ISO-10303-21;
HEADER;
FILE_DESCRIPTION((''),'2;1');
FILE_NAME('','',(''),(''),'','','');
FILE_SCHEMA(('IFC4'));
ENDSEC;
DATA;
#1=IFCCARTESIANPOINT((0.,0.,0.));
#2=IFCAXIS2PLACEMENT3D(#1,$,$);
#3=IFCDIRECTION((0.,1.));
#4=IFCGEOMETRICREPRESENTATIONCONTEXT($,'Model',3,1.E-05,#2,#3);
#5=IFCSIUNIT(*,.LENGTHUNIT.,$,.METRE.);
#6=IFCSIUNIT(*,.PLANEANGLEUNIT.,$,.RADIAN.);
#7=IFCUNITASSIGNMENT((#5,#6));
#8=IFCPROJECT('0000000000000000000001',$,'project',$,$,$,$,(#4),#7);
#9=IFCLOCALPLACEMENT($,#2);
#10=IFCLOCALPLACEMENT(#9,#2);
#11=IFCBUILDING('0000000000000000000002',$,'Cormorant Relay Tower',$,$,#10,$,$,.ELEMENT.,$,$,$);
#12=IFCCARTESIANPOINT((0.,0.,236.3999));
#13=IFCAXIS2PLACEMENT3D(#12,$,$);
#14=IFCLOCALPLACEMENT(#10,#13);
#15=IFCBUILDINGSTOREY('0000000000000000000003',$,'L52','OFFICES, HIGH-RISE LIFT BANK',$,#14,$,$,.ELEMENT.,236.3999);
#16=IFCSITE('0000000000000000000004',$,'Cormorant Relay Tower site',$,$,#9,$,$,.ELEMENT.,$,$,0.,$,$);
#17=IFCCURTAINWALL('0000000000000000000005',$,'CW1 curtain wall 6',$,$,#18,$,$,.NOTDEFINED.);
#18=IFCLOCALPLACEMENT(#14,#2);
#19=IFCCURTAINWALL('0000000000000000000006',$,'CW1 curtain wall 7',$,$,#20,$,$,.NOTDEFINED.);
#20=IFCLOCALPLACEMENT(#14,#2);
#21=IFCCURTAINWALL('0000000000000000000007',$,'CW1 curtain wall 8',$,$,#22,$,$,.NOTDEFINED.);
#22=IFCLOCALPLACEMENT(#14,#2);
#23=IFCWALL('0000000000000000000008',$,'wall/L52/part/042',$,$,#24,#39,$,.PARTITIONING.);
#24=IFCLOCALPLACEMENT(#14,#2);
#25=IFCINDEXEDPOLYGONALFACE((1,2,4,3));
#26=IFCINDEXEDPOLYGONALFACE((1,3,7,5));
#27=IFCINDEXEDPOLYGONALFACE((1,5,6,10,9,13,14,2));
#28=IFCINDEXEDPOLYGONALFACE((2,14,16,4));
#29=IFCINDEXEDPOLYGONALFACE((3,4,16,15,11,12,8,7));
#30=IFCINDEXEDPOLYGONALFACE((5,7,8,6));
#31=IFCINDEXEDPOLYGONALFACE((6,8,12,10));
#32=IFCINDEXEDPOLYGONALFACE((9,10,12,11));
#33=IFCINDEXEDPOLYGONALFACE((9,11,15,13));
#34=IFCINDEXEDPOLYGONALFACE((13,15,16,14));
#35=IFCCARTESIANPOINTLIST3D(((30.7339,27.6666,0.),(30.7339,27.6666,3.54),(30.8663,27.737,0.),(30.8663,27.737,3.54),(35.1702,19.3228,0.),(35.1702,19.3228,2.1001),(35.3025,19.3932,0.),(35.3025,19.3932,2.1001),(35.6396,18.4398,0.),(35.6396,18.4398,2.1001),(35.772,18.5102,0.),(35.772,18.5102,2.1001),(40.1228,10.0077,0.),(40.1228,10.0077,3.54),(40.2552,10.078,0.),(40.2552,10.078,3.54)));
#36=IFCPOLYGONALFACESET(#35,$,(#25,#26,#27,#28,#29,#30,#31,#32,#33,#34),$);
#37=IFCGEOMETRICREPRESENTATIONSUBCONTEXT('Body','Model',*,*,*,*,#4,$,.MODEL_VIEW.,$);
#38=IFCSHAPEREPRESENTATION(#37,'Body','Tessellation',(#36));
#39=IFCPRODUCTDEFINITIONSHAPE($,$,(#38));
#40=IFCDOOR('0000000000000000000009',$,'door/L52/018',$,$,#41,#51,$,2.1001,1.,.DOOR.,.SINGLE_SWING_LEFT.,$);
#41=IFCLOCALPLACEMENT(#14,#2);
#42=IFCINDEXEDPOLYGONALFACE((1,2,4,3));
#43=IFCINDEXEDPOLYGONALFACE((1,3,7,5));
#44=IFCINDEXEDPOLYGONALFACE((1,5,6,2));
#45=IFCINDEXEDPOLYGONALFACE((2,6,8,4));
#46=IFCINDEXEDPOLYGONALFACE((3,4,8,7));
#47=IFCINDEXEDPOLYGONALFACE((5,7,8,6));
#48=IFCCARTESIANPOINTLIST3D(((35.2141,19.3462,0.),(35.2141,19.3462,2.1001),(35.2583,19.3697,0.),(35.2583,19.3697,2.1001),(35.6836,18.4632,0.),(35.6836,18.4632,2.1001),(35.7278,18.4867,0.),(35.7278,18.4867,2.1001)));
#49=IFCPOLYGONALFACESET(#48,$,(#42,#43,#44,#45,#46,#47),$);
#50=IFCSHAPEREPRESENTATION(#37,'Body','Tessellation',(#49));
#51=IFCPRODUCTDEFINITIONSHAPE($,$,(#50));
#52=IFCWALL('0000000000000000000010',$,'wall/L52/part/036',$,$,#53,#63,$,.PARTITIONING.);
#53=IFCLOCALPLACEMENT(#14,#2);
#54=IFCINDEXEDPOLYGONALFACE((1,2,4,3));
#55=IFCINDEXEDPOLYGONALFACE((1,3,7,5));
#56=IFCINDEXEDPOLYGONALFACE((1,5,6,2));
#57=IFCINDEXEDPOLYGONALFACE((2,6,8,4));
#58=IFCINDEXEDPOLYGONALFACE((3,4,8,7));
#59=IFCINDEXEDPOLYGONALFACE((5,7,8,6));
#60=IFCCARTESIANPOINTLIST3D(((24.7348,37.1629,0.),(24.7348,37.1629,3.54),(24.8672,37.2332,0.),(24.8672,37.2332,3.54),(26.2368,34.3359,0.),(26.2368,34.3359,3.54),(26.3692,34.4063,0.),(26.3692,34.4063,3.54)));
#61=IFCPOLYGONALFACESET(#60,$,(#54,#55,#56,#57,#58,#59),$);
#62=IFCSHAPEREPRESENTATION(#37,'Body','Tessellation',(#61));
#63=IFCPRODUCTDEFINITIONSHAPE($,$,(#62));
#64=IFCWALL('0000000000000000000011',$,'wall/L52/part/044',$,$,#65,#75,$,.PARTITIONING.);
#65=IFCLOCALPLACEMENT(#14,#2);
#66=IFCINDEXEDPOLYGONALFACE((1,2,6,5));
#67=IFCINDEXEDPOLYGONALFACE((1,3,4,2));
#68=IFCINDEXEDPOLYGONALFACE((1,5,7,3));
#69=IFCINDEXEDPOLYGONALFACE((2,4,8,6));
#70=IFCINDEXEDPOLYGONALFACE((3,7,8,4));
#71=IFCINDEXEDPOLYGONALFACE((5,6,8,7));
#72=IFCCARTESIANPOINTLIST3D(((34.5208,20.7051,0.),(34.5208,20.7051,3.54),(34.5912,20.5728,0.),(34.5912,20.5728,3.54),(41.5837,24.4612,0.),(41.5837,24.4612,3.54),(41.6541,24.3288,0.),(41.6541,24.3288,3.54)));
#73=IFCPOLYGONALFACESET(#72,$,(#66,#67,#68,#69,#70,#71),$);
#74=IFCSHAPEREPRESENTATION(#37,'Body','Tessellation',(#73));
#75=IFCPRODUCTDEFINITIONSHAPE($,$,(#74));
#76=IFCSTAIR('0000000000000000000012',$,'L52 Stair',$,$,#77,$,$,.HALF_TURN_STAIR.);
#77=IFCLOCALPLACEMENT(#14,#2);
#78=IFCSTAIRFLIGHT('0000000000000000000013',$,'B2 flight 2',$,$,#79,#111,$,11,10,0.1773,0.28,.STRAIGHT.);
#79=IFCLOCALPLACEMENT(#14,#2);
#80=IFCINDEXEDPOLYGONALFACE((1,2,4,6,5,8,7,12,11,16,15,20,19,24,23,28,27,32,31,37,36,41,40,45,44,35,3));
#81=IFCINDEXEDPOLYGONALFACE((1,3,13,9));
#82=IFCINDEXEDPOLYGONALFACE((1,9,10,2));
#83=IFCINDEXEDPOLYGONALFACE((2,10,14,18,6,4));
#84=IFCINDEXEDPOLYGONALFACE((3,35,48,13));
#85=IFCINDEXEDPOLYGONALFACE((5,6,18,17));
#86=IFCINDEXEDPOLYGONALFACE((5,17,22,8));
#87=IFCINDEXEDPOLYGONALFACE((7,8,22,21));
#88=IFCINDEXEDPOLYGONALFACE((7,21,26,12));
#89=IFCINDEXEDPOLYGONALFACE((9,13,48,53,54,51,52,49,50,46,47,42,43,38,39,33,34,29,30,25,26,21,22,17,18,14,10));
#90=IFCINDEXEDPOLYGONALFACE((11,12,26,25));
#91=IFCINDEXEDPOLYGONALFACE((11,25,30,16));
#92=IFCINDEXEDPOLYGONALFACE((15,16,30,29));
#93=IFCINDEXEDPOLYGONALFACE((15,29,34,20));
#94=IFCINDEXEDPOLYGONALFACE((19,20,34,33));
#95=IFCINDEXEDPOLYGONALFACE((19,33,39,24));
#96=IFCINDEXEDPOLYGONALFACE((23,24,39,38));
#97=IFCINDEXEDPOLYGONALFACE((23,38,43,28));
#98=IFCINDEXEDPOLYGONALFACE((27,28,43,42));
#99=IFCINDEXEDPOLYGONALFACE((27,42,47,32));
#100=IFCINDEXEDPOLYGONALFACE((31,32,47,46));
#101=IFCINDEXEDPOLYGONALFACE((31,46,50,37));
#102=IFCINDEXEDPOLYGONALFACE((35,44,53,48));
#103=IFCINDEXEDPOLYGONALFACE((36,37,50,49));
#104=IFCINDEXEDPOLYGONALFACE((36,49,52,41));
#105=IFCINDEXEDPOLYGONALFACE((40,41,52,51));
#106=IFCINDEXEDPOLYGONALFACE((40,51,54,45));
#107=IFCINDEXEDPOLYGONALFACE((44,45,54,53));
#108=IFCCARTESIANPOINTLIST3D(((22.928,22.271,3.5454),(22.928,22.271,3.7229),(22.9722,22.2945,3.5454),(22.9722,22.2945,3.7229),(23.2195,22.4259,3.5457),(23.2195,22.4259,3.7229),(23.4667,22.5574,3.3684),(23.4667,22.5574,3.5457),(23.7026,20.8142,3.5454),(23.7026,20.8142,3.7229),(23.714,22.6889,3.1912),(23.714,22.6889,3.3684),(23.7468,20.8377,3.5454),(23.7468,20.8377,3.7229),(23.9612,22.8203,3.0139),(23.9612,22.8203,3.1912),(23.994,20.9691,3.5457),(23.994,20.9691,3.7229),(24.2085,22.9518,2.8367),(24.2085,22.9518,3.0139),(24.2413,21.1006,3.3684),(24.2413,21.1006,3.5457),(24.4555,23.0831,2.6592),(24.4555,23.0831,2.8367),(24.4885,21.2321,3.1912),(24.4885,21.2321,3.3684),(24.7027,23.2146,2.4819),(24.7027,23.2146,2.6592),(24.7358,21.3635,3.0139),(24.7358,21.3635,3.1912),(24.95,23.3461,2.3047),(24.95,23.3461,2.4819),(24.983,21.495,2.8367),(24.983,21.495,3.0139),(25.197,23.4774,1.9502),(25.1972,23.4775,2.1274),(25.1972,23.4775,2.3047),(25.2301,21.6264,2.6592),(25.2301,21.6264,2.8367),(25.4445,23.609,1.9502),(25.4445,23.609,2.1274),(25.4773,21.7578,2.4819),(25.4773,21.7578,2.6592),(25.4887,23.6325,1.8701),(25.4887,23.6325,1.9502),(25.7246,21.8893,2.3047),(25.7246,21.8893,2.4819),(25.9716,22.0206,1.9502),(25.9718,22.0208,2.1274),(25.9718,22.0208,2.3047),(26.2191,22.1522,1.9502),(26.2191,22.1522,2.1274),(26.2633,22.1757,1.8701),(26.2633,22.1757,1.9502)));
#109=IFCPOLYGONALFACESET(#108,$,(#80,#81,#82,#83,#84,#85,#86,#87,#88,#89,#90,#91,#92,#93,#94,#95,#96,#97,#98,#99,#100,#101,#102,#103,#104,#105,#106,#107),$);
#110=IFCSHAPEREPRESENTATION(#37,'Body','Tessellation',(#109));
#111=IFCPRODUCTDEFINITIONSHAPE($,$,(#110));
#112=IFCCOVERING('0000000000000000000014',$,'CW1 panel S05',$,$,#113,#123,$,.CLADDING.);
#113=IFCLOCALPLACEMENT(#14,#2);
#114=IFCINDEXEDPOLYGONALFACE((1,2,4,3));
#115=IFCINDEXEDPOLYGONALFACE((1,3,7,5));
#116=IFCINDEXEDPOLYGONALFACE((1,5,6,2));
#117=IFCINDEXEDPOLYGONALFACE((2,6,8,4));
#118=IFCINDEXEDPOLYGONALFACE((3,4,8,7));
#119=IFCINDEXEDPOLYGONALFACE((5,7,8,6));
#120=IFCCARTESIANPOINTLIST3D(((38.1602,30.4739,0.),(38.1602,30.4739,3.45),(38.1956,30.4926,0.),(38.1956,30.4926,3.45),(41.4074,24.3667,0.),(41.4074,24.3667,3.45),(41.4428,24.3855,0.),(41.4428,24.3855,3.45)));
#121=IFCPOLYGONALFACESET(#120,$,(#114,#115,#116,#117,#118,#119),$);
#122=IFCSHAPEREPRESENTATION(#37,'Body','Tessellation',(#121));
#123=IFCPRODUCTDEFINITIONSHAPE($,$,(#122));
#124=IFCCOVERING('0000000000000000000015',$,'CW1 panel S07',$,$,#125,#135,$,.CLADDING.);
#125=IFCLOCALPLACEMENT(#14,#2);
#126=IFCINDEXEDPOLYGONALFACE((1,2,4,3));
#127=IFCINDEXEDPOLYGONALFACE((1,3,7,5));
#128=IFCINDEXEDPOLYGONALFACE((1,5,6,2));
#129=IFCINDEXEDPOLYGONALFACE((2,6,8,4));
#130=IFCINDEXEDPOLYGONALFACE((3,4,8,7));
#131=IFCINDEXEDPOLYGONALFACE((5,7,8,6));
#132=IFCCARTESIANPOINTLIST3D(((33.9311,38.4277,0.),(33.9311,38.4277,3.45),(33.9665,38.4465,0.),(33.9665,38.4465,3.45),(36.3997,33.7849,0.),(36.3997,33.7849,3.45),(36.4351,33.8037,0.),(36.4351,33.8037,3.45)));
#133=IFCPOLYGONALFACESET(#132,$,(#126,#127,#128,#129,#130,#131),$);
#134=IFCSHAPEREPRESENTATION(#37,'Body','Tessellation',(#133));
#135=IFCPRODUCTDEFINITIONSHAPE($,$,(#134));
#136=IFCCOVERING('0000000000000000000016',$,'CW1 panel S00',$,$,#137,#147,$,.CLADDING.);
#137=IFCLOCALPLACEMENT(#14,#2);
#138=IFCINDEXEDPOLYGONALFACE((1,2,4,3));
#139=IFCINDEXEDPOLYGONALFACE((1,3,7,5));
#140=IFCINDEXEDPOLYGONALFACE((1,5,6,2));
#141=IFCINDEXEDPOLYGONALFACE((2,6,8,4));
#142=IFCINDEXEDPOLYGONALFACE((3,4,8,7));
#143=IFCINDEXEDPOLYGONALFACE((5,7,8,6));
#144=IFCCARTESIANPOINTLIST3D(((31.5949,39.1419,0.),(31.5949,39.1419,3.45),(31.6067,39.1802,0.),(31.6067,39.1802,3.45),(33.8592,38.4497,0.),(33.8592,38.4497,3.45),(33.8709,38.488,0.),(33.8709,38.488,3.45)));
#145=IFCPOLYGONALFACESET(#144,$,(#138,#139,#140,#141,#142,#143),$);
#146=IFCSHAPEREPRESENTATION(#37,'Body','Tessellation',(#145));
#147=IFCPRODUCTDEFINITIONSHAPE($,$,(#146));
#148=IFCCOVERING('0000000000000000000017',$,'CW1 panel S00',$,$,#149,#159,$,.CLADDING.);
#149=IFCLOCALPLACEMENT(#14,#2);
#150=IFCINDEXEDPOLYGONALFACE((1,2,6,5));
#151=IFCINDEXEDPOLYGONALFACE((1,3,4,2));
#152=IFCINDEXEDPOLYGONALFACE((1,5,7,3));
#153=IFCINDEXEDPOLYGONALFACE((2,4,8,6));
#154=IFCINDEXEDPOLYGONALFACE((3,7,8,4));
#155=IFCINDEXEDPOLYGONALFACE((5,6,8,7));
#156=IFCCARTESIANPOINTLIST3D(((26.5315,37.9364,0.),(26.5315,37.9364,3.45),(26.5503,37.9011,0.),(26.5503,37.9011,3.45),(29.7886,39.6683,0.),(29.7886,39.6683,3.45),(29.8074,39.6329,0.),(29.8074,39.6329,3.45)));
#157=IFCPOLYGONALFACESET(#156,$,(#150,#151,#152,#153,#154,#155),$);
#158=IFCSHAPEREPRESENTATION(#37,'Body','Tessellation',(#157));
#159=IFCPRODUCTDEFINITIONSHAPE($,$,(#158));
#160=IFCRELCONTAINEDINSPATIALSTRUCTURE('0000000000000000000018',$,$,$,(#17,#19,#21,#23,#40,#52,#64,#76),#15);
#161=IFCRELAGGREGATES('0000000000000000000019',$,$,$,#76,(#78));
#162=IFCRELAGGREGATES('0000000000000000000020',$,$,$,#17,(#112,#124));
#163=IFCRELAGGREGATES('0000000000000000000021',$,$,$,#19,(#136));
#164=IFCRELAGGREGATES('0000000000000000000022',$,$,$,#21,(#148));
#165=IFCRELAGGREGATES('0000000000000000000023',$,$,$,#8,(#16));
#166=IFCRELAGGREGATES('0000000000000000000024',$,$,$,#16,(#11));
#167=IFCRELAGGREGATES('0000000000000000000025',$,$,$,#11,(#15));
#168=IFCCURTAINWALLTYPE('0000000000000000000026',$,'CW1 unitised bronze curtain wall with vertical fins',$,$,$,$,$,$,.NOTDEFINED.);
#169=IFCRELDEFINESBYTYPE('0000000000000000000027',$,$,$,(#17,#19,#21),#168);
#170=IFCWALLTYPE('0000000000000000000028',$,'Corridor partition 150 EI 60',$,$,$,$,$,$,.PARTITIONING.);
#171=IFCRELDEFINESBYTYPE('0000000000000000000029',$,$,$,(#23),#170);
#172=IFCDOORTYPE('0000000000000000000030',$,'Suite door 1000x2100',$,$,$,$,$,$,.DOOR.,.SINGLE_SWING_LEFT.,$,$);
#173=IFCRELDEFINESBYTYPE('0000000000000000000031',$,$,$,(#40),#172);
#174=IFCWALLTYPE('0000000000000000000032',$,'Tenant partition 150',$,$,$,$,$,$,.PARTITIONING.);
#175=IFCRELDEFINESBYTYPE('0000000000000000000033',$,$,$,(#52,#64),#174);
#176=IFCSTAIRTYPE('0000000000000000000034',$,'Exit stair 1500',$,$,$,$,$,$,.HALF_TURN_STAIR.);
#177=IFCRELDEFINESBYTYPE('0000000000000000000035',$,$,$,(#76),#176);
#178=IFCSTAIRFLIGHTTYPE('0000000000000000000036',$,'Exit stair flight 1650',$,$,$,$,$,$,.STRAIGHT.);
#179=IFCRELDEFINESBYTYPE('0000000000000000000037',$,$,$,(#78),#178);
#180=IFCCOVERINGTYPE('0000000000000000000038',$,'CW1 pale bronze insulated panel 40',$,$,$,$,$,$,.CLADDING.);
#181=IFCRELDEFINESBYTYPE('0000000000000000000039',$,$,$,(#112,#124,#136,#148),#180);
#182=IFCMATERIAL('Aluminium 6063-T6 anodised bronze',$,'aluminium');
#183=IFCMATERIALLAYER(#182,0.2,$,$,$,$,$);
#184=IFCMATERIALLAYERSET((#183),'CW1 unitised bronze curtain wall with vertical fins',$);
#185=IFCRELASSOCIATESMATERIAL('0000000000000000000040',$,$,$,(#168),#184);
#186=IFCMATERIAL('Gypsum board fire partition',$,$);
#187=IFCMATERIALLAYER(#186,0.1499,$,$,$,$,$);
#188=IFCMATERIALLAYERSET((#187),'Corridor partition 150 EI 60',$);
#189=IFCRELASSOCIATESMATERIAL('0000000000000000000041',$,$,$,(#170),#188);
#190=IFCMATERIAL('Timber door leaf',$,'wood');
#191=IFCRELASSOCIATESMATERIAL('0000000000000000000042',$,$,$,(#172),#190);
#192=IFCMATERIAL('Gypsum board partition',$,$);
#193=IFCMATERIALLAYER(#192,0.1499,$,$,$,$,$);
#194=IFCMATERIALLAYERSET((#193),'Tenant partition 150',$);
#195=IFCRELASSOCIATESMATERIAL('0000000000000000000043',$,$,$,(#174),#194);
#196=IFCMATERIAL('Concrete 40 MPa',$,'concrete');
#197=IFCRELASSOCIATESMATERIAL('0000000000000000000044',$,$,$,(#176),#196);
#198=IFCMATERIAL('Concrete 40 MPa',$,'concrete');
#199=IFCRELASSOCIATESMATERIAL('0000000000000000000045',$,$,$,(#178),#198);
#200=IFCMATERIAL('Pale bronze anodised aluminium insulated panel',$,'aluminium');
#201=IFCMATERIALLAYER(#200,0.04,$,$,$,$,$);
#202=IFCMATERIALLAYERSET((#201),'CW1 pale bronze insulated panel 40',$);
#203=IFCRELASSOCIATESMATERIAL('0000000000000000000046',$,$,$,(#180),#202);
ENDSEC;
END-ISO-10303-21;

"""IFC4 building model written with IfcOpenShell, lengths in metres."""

from ifc_helpers import new_model, si_unit, direction, frame, frame_2d, origin, origin_2d, place, context, subcontext, project, spatial, polyline, rectangle, outline, extrude, material, layer, layer_set, type_object, element, fill, aggregate, save


model = new_model("IFC4")

# Units and contexts
model_context = context("Model", 3, precision=1e-05, world=origin(), true_north=direction((0.0, 1.0)))
body_context = subcontext(model_context, "Body", "Model", "MODEL_VIEW")
ifc_project = project(units=[si_unit("LENGTHUNIT", "METRE"), si_unit("PLANEANGLEUNIT", "RADIAN")], contexts=[model_context])

# Site, building, storey
site_placement = place(None, origin())
site = spatial("IfcSite", under=ifc_project, at=site_placement, Name="Cormorant Relay Tower site", CompositionType="ELEMENT", RefElevation=0.0)
building_placement = place(site_placement, origin())
building = spatial("IfcBuilding", under=site, at=building_placement, Name="Cormorant Relay Tower", CompositionType="ELEMENT")
storey_placement = place(building_placement, frame((0.0, 0.0, 236.3999)))
storey = spatial("IfcBuildingStorey", under=building, at=storey_placement, Name="L52", Description="OFFICES, HIGH-RISE LIFT BANK", CompositionType="ELEMENT", Elevation=236.3999)

# Curtain wall
ifc_material_1 = material(Name="Aluminium 6063-T6 anodised bronze", Category="aluminium")
ifc_layer_1 = layer(ifc_material_1, 0.2)
ifc_layer_set_1 = layer_set([ifc_layer_1], Name="CW1 unitised bronze curtain wall with vertical fins")
curtain_wall_type = type_object("IfcCurtainWallType", Name="CW1 unitised bronze curtain wall with vertical fins", PredefinedType="NOTDEFINED", material=ifc_layer_set_1)
curtain_wall_1_placement = place(storey_placement, origin())
curtain_wall_1 = element("IfcCurtainWall", 1, at=curtain_wall_1_placement, inside=storey, type_object=curtain_wall_type, Name="CW1 curtain wall 6", PredefinedType="NOTDEFINED")

# Curtain walls
curtain_wall_2_placement = place(storey_placement, origin())
curtain_wall_2 = element("IfcCurtainWall", 2, at=curtain_wall_2_placement, inside=storey, type_object=curtain_wall_type, Name="CW1 curtain wall 7", PredefinedType="NOTDEFINED")
curtain_wall_3_placement = place(storey_placement, origin())
curtain_wall_3 = element("IfcCurtainWall", 3, at=curtain_wall_3_placement, inside=storey, type_object=curtain_wall_type, Name="CW1 curtain wall 8", PredefinedType="NOTDEFINED")

# Wall, opening, door
ifc_material_2 = material(Name="Gypsum board fire partition")
ifc_layer_2 = layer(ifc_material_2, 0.1499)
ifc_layer_set_2 = layer_set([ifc_layer_2], Name="Corridor partition 150 EI 60")
wall_type_1 = type_object("IfcWallType", Name="Corridor partition 150 EI 60", PredefinedType="PARTITIONING", material=ifc_layer_set_2)
ifc_material_3 = material(Name="Timber door leaf", Category="wood")
door_type = type_object("IfcDoorType", Name="Suite door 1000x2100", OperationType="SINGLE_SWING_LEFT", PredefinedType="DOOR", material=ifc_material_3)
wall_1_placement = place(storey_placement, frame((30.8, 27.7019, 0.0), z_axis=(0.0, 0.0, 1.0), x_axis=(0.469452, -0.882958, 0.0)))
wall_1 = element("IfcWall", 4, at=wall_1_placement, inside=storey, type_object=wall_type_1, Name="wall/L52/part/042", PredefinedType="PARTITIONING", context=body_context, shape_type="SweptSolid", body=[
    extrude(rectangle(XDim=19.9998, YDim=0.1499, at=frame_2d((10.0, 0.0))), origin(), (0.0, 0.0, 1.0), 3.54),
])
opening_1_placement = place(wall_1_placement, frame((9.45, 0.0, 0.0)))
opening_1 = element("IfcOpeningElement", 5, at=opening_1_placement, cuts=wall_1, PredefinedType="OPENING", context=body_context, shape_type="SweptSolid", body=[
    extrude(rectangle(XDim=1.0, YDim=2.1001, at=frame_2d((0.5, 1.05))), frame((0.0, 0.085, 0.0), z_axis=(0.0, -1.0, 0.0), x_axis=(1.0, 0.0, 0.0)), (0.0, 0.0, 1.0), 0.1699),
])
door_1_placement = place(opening_1_placement, origin())
door_1 = element("IfcDoor", 6, at=door_1_placement, inside=storey, type_object=door_type, Name="door/L52/018", OperationType="SINGLE_SWING_LEFT", OverallHeight=2.1001, OverallWidth=1.0, PredefinedType="DOOR", context=body_context, shape_type="SweptSolid", body=[
    extrude(rectangle(XDim=1.0, YDim=2.1001, at=frame_2d((0.5, 1.05))), frame((0.0, 0.0249, 0.0), z_axis=(0.0, -1.0, 0.0), x_axis=(1.0, 0.0, 0.0)), (0.0, 0.0, 1.0), 0.05),
])
fill(opening_1, door_1)

# Walls
ifc_material_4 = material(Name="Gypsum board partition")
ifc_layer_3 = layer(ifc_material_4, 0.1499)
ifc_layer_set_3 = layer_set([ifc_layer_3], Name="Tenant partition 150")
wall_type_2 = type_object("IfcWallType", Name="Tenant partition 150", PredefinedType="PARTITIONING", material=ifc_layer_set_3)
wall_2_placement = place(storey_placement, frame((26.303, 34.3711, 0.0), z_axis=(0.0, 0.0, 1.0), x_axis=(-0.469194, 0.883095, 0.0)))
element("IfcWall", 7, at=wall_2_placement, inside=storey, type_object=wall_type_2, Name="wall/L52/part/036", PredefinedType="PARTITIONING", context=body_context, shape_type="SweptSolid", body=[
    extrude(rectangle(XDim=3.2012, YDim=0.1499, at=frame_2d((1.6006, 0.0))), origin(), (0.0, 0.0, 1.0), 3.54),
])
wall_3_placement = place(storey_placement, frame((41.6189, 24.395, 0.0), z_axis=(0.0, 0.0, 1.0), x_axis=(-0.882914, -0.469535, 0.0)))
element("IfcWall", 8, at=wall_3_placement, inside=storey, type_object=wall_type_2, Name="wall/L52/part/044", PredefinedType="PARTITIONING", context=body_context, shape_type="SweptSolid", body=[
    extrude(rectangle(XDim=7.9995, YDim=0.1499, at=frame_2d((3.9998, 0.0))), origin(), (0.0, 0.0, 1.0), 3.54),
])

# Stair, stair flight
ifc_material_5 = material(Name="Concrete 40 MPa", Category="concrete")
stair_type = type_object("IfcStairType", Name="Exit stair 1500", PredefinedType="HALF_TURN_STAIR", material=ifc_material_5)
stair_placement = place(storey_placement, origin())
stair = element("IfcStair", 9, at=stair_placement, inside=storey, type_object=stair_type, Name="L52 Stair", PredefinedType="HALF_TURN_STAIR")
ifc_material_6 = material(Name="Concrete 40 MPa", Category="concrete")
stair_flight_type = type_object("IfcStairFlightType", Name="Exit stair flight 1650", PredefinedType="STRAIGHT", material=ifc_material_6)
stair_flight_placement = place(storey_placement, frame((25.8318, 22.8806, 1.9502), z_axis=(0.0, 0.0, 1.0), x_axis=(-0.882948, -0.469472, 0.0)))
stair_flight = element("IfcStairFlight", 10, at=stair_flight_placement, type_object=stair_flight_type, Name="B2 flight 2", NumberOfRisers=11, NumberOfTreads=10, PredefinedType="STRAIGHT", RiserHeight=0.1773, TreadLength=0.28, context=body_context, shape_type="SweptSolid", body=[
    extrude(outline(polyline([(-0.05, -0.0801), (-0.05, 0.0), (0.0, 0.0), (0.0, 0.1772), (0.28, 0.1772), (0.28, 0.3545), (0.5601, 0.3545), (0.5601, 0.5317), (0.8401, 0.5317), (0.8401, 0.709), (1.1201, 0.709), (1.1201, 0.8865), (1.3999, 0.8865), (1.3999, 1.0637), (1.6799, 1.0637), (1.6799, 1.241), (1.96, 1.241), (1.96, 1.4182), (2.24, 1.4182), (2.24, 1.5955), (2.52, 1.5955), (2.52, 1.7727), (2.8, 1.7727), (2.8501, 1.7727), (2.8501, 1.5952), (2.8, 1.5952), (0.2803, 0.0), (-0.05, -0.0801)])), frame((0.0, 0.825, 0.0), z_axis=(0.0, -1.0, 0.0), x_axis=(1.0, 0.0, 0.0)), (0.0, 0.0, 1.0), 1.6499),
])
aggregate(stair, [stair_flight])

# Coverings
ifc_material_7 = material(Name="Pale bronze anodised aluminium insulated panel", Category="aluminium")
ifc_layer_4 = layer(ifc_material_7, 0.04)
ifc_layer_set_4 = layer_set([ifc_layer_4], Name="CW1 pale bronze insulated panel 40")
covering_type = type_object("IfcCoveringType", Name="CW1 pale bronze insulated panel 40", PredefinedType="CLADDING", material=ifc_layer_set_4)
covering_1_placement = place(storey_placement, frame((39.8015, 27.4297, 0.0), z_axis=(0.0, 0.0, 1.0), x_axis=(-0.469472, 0.882948, 0.0)))
covering_1 = element("IfcCovering", 11, at=covering_1_placement, type_object=covering_type, Name="CW1 panel S05", PredefinedType="CLADDING", context=body_context, shape_type="SweptSolid", body=[
    extrude(rectangle(XDim=6.9167, YDim=0.04, at=origin_2d()), origin(), (0.0, 0.0, 1.0), 3.45),
])
covering_2_placement = place(storey_placement, frame((35.1831, 36.1157, 0.0), z_axis=(0.0, 0.0, 1.0), x_axis=(-0.469472, 0.882948, 0.0)))
covering_2 = element("IfcCovering", 12, at=covering_2_placement, type_object=covering_type, Name="CW1 panel S07", PredefinedType="CLADDING", context=body_context, shape_type="SweptSolid", body=[
    extrude(rectangle(XDim=5.2583, YDim=0.04, at=origin_2d()), origin(), (0.0, 0.0, 1.0), 3.45),
])
aggregate(curtain_wall_1, [covering_1, covering_2])
covering_3_placement = place(storey_placement, frame((32.7329, 38.8149, 0.0), z_axis=(0.0, 0.0, 1.0), x_axis=(-0.956305, 0.292372, 0.0)))
covering_3 = element("IfcCovering", 13, at=covering_3_placement, type_object=covering_type, Name="CW1 panel S00", PredefinedType="CLADDING", context=body_context, shape_type="SweptSolid", body=[
    extrude(rectangle(XDim=2.3677, YDim=0.04, at=origin_2d()), origin(), (0.0, 0.0, 1.0), 3.45),
])
aggregate(curtain_wall_2, [covering_3])
covering_4_placement = place(storey_placement, frame((28.1694, 38.7847, 0.0), z_axis=(0.0, 0.0, 1.0), x_axis=(-0.882948, -0.469472, 0.0)))
covering_4 = element("IfcCovering", 14, at=covering_4_placement, type_object=covering_type, Name="CW1 panel S00", PredefinedType="CLADDING", context=body_context, shape_type="SweptSolid", body=[
    extrude(rectangle(XDim=3.689, YDim=0.04, at=origin_2d()), origin(), (0.0, 0.0, 1.0), 3.45),
])
aggregate(curtain_wall_3, [covering_4])

save(model, "model.ifc")
